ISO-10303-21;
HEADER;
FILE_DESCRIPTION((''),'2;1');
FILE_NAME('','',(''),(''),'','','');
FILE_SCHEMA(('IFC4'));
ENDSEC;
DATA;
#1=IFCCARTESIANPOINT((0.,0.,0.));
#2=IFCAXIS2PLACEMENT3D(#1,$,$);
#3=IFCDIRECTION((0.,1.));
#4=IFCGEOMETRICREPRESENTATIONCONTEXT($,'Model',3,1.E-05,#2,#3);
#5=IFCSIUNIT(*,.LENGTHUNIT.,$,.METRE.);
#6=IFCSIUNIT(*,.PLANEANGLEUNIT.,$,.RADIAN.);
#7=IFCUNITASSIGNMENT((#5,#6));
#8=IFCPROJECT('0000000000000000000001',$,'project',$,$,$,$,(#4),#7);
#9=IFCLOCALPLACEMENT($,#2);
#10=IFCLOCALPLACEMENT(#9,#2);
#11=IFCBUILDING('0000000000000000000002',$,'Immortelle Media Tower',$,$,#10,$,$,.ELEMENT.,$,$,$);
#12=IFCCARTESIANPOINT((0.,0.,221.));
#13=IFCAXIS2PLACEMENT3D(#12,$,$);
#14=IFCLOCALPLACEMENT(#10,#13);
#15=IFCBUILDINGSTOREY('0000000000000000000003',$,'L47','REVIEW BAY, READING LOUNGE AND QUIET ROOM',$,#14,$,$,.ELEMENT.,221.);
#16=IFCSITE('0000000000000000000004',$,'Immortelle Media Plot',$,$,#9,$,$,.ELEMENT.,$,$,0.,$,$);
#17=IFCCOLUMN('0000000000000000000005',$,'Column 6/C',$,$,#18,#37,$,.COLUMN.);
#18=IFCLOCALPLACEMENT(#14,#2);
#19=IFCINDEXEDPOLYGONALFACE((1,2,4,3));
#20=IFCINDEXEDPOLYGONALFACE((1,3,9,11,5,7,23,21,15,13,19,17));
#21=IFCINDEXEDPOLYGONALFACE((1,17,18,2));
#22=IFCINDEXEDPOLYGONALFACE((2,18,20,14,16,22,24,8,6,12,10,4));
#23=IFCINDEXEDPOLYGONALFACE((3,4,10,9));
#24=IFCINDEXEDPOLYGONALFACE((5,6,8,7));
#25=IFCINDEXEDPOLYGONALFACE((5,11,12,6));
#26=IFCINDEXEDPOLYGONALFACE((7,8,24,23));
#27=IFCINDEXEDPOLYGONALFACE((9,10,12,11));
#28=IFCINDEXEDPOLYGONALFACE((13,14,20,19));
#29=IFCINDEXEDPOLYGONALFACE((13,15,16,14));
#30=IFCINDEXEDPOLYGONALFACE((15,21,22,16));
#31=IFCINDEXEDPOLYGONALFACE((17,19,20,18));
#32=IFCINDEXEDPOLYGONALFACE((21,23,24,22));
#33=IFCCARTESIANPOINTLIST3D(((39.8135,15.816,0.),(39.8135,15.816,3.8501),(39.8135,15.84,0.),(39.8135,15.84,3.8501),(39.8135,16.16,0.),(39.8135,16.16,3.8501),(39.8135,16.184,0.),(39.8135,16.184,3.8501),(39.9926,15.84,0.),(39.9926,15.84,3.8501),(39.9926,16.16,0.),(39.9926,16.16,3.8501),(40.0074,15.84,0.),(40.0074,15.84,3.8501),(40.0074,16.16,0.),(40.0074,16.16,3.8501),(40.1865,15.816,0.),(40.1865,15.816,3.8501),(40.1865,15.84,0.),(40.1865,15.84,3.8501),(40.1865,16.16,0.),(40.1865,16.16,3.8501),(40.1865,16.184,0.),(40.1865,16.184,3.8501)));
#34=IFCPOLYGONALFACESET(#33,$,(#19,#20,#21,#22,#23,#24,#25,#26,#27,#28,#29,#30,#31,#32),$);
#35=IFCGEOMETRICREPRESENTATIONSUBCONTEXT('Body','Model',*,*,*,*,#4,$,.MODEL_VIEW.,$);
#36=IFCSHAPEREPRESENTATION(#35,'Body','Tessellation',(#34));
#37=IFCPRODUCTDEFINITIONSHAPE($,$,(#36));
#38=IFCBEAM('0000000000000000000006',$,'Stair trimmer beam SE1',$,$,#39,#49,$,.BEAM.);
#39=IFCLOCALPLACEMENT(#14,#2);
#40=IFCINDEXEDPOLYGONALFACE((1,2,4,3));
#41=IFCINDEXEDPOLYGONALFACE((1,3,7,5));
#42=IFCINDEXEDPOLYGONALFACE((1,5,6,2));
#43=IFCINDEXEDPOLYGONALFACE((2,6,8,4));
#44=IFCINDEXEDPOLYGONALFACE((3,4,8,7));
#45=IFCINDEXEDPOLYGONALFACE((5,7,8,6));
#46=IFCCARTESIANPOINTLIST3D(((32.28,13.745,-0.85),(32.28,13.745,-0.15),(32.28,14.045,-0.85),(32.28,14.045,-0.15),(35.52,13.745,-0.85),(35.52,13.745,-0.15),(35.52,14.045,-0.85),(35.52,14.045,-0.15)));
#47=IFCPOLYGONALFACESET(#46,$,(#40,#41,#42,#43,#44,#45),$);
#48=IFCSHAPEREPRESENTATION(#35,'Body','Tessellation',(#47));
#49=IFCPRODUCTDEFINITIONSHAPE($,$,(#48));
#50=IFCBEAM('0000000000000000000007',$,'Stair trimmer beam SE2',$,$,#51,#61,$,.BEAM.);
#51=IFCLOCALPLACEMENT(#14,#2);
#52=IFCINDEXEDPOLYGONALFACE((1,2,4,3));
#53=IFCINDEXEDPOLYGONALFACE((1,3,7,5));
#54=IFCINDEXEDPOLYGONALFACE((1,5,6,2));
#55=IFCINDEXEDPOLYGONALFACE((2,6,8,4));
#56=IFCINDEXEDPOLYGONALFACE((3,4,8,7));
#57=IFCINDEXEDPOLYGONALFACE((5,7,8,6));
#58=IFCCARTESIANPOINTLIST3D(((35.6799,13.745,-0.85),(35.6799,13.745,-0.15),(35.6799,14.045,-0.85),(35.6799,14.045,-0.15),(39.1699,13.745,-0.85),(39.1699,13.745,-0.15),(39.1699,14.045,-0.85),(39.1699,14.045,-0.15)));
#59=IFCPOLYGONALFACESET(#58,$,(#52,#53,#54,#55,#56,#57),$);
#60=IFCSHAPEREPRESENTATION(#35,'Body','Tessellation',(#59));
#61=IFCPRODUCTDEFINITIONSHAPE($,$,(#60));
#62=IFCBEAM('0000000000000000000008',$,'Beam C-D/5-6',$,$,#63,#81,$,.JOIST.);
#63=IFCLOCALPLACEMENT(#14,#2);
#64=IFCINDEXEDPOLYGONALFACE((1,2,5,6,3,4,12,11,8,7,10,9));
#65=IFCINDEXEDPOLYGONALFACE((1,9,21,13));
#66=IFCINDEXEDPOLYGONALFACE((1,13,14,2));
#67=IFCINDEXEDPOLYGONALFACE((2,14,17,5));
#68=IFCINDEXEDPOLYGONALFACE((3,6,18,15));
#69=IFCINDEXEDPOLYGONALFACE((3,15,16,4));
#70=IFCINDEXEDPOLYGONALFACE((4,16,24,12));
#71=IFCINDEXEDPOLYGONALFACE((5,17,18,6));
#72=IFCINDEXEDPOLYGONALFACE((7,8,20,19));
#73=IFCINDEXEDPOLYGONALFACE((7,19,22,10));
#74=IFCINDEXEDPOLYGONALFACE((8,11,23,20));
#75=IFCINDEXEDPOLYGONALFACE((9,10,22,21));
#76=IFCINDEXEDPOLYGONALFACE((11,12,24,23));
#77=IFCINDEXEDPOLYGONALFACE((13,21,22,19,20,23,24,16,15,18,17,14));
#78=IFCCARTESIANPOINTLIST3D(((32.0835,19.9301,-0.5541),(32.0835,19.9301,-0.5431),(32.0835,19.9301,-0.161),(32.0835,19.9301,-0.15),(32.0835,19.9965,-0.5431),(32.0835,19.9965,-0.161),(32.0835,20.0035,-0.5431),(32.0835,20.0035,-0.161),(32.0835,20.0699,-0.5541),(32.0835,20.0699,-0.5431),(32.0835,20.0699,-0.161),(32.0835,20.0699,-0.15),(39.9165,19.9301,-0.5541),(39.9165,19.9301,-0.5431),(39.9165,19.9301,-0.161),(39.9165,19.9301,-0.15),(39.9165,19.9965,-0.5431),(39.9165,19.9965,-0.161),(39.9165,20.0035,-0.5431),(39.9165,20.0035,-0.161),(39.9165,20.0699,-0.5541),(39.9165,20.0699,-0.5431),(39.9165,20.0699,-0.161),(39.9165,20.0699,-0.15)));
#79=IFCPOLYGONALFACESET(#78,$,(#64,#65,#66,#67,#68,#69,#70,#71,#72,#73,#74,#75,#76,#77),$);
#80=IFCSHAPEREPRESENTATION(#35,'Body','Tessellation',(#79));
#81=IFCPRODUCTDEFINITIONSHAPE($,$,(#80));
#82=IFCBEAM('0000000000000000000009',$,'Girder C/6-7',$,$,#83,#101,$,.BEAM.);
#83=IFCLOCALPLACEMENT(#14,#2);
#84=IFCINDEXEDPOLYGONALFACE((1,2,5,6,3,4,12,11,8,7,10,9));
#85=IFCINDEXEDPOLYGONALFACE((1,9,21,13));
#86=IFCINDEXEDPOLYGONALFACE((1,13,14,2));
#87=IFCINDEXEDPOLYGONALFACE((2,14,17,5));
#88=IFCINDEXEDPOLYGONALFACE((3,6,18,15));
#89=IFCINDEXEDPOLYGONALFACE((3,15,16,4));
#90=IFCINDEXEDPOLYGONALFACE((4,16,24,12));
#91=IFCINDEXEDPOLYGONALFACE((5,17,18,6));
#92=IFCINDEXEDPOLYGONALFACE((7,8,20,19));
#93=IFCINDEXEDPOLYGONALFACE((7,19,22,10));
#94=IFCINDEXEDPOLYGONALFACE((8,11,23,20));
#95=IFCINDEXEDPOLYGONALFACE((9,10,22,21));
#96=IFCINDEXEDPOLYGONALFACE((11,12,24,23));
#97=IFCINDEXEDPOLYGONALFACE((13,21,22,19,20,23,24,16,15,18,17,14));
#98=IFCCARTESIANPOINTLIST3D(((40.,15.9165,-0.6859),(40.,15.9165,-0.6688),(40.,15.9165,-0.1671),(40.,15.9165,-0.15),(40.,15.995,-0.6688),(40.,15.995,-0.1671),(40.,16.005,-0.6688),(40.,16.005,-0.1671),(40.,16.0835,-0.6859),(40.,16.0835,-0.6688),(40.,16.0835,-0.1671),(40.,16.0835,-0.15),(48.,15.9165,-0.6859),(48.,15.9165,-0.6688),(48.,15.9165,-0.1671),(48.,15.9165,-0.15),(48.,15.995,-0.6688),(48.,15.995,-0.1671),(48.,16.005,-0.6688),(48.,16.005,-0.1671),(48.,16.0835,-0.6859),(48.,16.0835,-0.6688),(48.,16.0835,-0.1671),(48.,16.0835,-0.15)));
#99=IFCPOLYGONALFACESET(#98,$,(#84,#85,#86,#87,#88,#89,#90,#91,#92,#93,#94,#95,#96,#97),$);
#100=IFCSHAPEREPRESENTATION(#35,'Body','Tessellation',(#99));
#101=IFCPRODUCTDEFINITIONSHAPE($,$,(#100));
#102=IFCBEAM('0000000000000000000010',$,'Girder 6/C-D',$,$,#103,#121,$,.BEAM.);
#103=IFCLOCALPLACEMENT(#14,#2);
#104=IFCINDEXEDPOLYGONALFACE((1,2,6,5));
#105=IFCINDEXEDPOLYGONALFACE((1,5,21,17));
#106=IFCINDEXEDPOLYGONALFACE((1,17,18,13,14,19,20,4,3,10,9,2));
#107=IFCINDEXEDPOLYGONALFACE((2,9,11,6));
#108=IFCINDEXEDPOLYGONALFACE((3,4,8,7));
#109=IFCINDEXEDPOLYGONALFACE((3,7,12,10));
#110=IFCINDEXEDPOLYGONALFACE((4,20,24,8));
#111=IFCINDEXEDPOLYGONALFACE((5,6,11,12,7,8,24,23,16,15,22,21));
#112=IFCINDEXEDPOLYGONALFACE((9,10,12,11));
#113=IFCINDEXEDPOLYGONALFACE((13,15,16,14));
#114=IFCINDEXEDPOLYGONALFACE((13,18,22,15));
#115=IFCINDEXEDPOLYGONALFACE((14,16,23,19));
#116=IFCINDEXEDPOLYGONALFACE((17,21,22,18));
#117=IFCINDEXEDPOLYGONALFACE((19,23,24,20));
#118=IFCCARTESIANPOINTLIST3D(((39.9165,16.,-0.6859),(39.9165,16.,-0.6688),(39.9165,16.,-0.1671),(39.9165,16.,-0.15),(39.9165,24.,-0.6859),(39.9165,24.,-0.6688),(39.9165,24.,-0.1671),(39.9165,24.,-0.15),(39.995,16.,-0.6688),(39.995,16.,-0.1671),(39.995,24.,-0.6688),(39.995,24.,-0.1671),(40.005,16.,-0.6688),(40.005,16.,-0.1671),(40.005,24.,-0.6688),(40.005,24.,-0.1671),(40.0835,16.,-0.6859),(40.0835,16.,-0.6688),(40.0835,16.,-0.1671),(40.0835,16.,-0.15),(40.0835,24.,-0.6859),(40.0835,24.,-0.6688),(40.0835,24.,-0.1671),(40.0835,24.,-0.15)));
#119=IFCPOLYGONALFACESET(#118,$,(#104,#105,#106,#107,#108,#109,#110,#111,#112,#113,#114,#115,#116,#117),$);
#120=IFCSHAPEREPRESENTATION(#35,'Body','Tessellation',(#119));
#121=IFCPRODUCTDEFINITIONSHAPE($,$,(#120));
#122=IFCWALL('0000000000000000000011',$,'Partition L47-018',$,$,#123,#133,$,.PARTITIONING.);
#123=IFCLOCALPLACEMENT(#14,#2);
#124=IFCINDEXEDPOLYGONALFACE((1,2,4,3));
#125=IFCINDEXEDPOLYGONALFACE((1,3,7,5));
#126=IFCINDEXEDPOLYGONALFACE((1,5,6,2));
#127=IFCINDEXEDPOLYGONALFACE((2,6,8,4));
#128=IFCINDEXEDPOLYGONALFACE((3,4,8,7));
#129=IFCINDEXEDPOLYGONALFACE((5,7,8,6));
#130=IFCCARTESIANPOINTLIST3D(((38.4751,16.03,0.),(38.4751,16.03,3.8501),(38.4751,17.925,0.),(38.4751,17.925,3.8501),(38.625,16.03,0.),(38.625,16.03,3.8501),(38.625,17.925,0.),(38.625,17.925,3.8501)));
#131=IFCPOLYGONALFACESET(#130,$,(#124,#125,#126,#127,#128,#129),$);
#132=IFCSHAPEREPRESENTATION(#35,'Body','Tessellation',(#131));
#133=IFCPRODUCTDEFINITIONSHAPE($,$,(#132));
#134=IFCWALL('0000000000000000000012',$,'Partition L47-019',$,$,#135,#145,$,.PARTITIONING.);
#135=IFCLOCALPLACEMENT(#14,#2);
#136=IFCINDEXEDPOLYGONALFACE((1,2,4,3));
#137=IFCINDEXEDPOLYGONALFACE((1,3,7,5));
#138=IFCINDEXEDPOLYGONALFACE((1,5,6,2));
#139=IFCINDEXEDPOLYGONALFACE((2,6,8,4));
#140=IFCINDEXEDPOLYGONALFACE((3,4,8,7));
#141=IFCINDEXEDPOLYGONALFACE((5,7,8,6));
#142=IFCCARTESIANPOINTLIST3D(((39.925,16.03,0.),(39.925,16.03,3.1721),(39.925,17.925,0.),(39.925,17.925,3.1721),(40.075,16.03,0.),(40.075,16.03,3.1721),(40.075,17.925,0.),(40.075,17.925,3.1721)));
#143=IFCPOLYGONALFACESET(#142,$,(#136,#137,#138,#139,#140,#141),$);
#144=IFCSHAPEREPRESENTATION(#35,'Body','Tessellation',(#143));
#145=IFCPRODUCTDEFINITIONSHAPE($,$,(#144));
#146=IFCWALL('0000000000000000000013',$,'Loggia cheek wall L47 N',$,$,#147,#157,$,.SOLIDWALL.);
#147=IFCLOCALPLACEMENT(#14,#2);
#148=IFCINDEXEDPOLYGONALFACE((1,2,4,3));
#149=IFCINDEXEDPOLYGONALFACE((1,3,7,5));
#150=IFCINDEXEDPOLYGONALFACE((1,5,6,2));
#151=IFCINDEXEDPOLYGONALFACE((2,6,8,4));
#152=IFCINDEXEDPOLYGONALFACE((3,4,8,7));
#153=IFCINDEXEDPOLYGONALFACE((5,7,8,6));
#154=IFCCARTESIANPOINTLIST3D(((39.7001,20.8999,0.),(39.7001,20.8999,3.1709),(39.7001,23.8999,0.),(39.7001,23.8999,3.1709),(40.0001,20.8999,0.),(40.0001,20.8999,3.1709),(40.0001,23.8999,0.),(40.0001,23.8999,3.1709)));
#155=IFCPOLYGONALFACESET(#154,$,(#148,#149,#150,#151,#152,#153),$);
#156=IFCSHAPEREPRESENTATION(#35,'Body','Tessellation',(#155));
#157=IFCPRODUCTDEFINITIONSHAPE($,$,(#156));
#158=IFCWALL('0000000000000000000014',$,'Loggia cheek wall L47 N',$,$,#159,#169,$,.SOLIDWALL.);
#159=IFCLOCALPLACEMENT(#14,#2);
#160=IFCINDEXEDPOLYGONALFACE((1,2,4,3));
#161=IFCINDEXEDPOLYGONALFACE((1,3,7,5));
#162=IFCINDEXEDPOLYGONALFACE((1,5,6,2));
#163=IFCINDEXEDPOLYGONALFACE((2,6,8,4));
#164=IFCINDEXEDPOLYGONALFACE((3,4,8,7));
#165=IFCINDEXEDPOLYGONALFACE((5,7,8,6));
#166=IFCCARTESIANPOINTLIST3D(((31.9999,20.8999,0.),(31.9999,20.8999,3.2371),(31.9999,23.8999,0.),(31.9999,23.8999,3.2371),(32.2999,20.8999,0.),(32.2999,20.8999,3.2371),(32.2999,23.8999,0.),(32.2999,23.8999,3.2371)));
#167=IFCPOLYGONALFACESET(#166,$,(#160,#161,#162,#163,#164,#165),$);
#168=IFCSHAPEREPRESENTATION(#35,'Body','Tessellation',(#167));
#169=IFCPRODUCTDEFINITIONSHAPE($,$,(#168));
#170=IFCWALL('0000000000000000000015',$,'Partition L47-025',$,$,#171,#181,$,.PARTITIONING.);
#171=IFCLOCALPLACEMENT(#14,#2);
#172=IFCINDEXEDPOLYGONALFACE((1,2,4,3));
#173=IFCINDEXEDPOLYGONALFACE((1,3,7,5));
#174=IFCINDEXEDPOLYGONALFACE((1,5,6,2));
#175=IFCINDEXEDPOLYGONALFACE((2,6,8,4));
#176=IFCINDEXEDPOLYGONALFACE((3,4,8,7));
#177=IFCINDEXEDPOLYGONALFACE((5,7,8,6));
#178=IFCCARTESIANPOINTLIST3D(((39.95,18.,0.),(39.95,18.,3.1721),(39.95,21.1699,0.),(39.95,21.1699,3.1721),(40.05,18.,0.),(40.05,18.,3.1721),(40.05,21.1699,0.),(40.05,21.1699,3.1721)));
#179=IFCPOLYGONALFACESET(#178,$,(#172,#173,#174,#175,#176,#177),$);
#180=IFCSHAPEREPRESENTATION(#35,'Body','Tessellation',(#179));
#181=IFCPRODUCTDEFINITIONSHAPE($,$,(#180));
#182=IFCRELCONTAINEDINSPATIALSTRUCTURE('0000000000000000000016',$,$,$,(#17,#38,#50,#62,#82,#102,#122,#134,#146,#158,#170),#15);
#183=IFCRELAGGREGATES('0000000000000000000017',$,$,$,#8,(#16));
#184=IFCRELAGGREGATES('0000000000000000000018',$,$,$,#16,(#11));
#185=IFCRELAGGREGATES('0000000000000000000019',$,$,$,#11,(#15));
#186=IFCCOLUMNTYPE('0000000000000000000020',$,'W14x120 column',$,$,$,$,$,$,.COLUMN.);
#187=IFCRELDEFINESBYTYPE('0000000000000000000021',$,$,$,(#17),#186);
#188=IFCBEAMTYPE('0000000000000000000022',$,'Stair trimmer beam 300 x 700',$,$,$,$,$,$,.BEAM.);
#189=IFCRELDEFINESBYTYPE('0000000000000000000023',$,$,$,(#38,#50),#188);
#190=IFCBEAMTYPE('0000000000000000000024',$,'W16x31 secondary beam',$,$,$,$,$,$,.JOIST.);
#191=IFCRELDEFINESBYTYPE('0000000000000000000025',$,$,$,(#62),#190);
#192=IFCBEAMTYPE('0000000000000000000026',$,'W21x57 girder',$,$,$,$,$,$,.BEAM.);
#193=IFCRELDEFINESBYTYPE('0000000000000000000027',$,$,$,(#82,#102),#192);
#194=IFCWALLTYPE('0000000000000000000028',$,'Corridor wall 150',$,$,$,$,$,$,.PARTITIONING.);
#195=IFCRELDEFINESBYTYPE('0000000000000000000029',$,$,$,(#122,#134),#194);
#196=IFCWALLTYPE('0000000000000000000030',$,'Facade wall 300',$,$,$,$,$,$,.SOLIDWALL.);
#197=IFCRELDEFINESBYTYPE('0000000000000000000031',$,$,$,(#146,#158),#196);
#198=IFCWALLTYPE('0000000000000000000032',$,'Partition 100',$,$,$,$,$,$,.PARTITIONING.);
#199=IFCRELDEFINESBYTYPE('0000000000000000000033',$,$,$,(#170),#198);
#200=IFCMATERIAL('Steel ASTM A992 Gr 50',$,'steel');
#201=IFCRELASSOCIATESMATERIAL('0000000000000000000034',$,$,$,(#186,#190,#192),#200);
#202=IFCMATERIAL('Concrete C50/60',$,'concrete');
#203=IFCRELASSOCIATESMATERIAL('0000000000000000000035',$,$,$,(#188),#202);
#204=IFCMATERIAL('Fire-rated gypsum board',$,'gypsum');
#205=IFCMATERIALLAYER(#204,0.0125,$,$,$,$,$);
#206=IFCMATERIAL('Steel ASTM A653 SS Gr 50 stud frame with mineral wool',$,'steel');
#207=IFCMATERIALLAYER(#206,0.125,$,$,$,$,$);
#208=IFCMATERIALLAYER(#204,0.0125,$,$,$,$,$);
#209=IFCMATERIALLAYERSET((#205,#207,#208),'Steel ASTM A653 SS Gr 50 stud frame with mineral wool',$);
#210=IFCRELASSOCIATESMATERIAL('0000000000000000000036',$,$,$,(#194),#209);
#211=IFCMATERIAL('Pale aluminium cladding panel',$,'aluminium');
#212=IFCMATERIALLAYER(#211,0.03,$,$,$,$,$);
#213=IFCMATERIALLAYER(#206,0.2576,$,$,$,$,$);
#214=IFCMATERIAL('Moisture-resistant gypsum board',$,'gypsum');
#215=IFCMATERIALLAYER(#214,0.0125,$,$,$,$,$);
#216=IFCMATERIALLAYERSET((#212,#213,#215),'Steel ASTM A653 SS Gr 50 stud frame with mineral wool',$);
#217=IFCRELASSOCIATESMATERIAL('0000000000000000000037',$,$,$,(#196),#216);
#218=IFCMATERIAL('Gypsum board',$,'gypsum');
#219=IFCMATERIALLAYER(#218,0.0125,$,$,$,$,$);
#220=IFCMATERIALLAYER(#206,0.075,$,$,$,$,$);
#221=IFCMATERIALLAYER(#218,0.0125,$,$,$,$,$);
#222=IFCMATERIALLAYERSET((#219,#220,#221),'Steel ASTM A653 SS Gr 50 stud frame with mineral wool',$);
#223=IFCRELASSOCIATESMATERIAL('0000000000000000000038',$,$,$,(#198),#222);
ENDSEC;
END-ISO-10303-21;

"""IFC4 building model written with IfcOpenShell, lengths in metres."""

from ifc_helpers import new_model, si_unit, direction, frame, frame_2d, origin, origin_2d, place, context, subcontext, project, spatial, rectangle, i_section, extrude, material, layer, layer_set, material_profile, profile_set, type_object, element, save


model = new_model("IFC4")

# Units and contexts
model_context = context("Model", 3, precision=1e-05, world=origin(), true_north=direction((0.0, 1.0)))
body_context = subcontext(model_context, "Body", "Model", "MODEL_VIEW")
ifc_project = project(units=[si_unit("LENGTHUNIT", "METRE"), si_unit("PLANEANGLEUNIT", "RADIAN")], contexts=[model_context])

# Site, building, storey
site_placement = place(None, origin())
site = spatial("IfcSite", under=ifc_project, at=site_placement, Name="Immortelle Media Plot", CompositionType="ELEMENT", RefElevation=0.0)
building_placement = place(site_placement, origin())
building = spatial("IfcBuilding", under=site, at=building_placement, Name="Immortelle Media Tower", CompositionType="ELEMENT")
storey_placement = place(building_placement, frame((0.0, 0.0, 221.0)))
storey = spatial("IfcBuildingStorey", under=building, at=storey_placement, Name="L47", Description="REVIEW BAY, READING LOUNGE AND QUIET ROOM", CompositionType="ELEMENT", Elevation=221.0)

# Column
ifc_material_1 = material(Name="Steel ASTM A992 Gr 50", Category="steel")
ifc_material_profile_1 = material_profile(ifc_material_1, i_section(OverallWidth=0.373, OverallDepth=0.3679, WebThickness=0.0149, FlangeThickness=0.0239, at=origin_2d()), Name="W14x120")
ifc_profile_set_1 = profile_set([ifc_material_profile_1], Name="Steel ASTM A992 Gr 50")
column_type = type_object("IfcColumnType", Name="W14x120 column", PredefinedType="COLUMN", material=ifc_profile_set_1)
column_placement = place(storey_placement, frame((40.0, 16.0, 0.0), z_axis=(0.0, 0.0, 1.0), x_axis=(1.0, 0.0, 0.0)))
element("IfcColumn", 1, at=column_placement, inside=storey, type_object=column_type, Name="Column 6/C", PredefinedType="COLUMN", context=body_context, shape_type="SweptSolid", body=[
    extrude(i_section(OverallWidth=0.373, OverallDepth=0.3679, WebThickness=0.0149, FlangeThickness=0.0239, at=origin_2d()), origin(), (0.0, 0.0, 1.0), 3.8501),
])

# Beams
ifc_material_2 = material(Name="Concrete C50/60", Category="concrete")
ifc_material_profile_2 = material_profile(ifc_material_2, rectangle(XDim=0.3, YDim=0.7, at=origin_2d()), Name="RC 300x700")
ifc_profile_set_2 = profile_set([ifc_material_profile_2], Name="Concrete C50/60")
beam_type_1 = type_object("IfcBeamType", Name="Stair trimmer beam 300 x 700", PredefinedType="BEAM", material=ifc_profile_set_2)
beam_1_placement = place(storey_placement, frame((32.28, 13.895, -0.5), z_axis=(1.0, 0.0, 0.0), x_axis=(0.0, 1.0, 0.0)))
element("IfcBeam", 2, at=beam_1_placement, inside=storey, type_object=beam_type_1, Name="Stair trimmer beam SE1", PredefinedType="BEAM", context=body_context, shape_type="SweptSolid", body=[
    extrude(rectangle(XDim=0.3, YDim=0.7, at=origin_2d()), origin(), (0.0, 0.0, 1.0), 3.24),
])
beam_2_placement = place(storey_placement, frame((35.6799, 13.895, -0.5), z_axis=(1.0, 0.0, 0.0), x_axis=(0.0, 1.0, 0.0)))
element("IfcBeam", 3, at=beam_2_placement, inside=storey, type_object=beam_type_1, Name="Stair trimmer beam SE2", PredefinedType="BEAM", context=body_context, shape_type="SweptSolid", body=[
    extrude(rectangle(XDim=0.3, YDim=0.7, at=origin_2d()), origin(), (0.0, 0.0, 1.0), 3.49),
])
ifc_material_profile_3 = material_profile(ifc_material_1, i_section(OverallWidth=0.1399, OverallDepth=0.4041, WebThickness=0.0071, FlangeThickness=0.011, at=origin_2d()), Name="W16x31")
ifc_profile_set_3 = profile_set([ifc_material_profile_3], Name="Steel ASTM A992 Gr 50")
beam_type_2 = type_object("IfcBeamType", Name="W16x31 secondary beam", PredefinedType="JOIST", material=ifc_profile_set_3)
beam_3_placement = place(storey_placement, frame((32.0835, 20.0, -0.3521), z_axis=(1.0, 0.0, 0.0), x_axis=(0.0, 1.0, 0.0)))
element("IfcBeam", 4, at=beam_3_placement, inside=storey, type_object=beam_type_2, Name="Beam C-D/5-6", PredefinedType="JOIST", context=body_context, shape_type="SweptSolid", body=[
    extrude(i_section(OverallWidth=0.1399, OverallDepth=0.4041, WebThickness=0.0071, FlangeThickness=0.011, at=origin_2d()), origin(), (0.0, 0.0, 1.0), 7.833),
])
ifc_material_profile_4 = material_profile(ifc_material_1, i_section(OverallWidth=0.167, OverallDepth=0.5359, WebThickness=0.01, FlangeThickness=0.0171, at=origin_2d()), Name="W21x57")
ifc_profile_set_4 = profile_set([ifc_material_profile_4], Name="Steel ASTM A992 Gr 50")
beam_type_3 = type_object("IfcBeamType", Name="W21x57 girder", PredefinedType="BEAM", material=ifc_profile_set_4)
for number, where, z_axis, x_axis, name in (
    (5, (40.0, 16.0, -0.418), (1.0, 0.0, 0.0), (0.0, 1.0, 0.0), "Girder C/6-7"),
    (6, (40.0, 16.0, -0.418), (0.0, 1.0, 0.0), (-1.0, 0.0, 0.0), "Girder 6/C-D"),
):
    element("IfcBeam", number, at=place(storey_placement, frame(where, z_axis=z_axis, x_axis=x_axis)), inside=storey, type_object=beam_type_3, Name=name, PredefinedType="BEAM", context=body_context, shape_type="SweptSolid", body=[
        extrude(i_section(OverallWidth=0.167, OverallDepth=0.5359, WebThickness=0.01, FlangeThickness=0.0171, at=origin_2d()), origin(), (0.0, 0.0, 1.0), 8.0),
    ])

# Walls
ifc_material_3 = material(Name="Fire-rated gypsum board", Category="gypsum")
ifc_layer_1 = layer(ifc_material_3, 0.0125)
ifc_material_4 = material(Name="Steel ASTM A653 SS Gr 50 stud frame with mineral wool", Category="steel")
ifc_layer_2 = layer(ifc_material_4, 0.125)
ifc_layer_3 = layer(ifc_material_3, 0.0125)
ifc_layer_set_1 = layer_set([ifc_layer_1, ifc_layer_2, ifc_layer_3], Name="Steel ASTM A653 SS Gr 50 stud frame with mineral wool")
wall_type_1 = type_object("IfcWallType", Name="Corridor wall 150", PredefinedType="PARTITIONING", material=ifc_layer_set_1)
wall_1_placement = place(storey_placement, frame((38.55, 16.03, 0.0), z_axis=(0.0, 0.0, 1.0), x_axis=(0.0, 1.0, 0.0)))
element("IfcWall", 7, at=wall_1_placement, inside=storey, type_object=wall_type_1, Name="Partition L47-018", PredefinedType="PARTITIONING", context=body_context, shape_type="SweptSolid", body=[
    extrude(rectangle(XDim=1.895, YDim=0.1499, at=frame_2d((0.9475, 0.0))), origin(), (0.0, 0.0, 1.0), 3.8501),
])
wall_2_placement = place(storey_placement, frame((40.0, 16.03, 0.0), z_axis=(0.0, 0.0, 1.0), x_axis=(0.0, 1.0, 0.0)))
element("IfcWall", 8, at=wall_2_placement, inside=storey, type_object=wall_type_1, Name="Partition L47-019", PredefinedType="PARTITIONING", context=body_context, shape_type="SweptSolid", body=[
    extrude(rectangle(XDim=1.895, YDim=0.1499, at=frame_2d((0.9475, 0.0))), origin(), (0.0, 0.0, 1.0), 3.1721),
])

# Shared definitions
ifc_material_5 = material(Name="Pale aluminium cladding panel", Category="aluminium")
ifc_layer_4 = layer(ifc_material_5, 0.03)
ifc_layer_5 = layer(ifc_material_4, 0.2576)
ifc_material_6 = material(Name="Moisture-resistant gypsum board", Category="gypsum")
ifc_layer_6 = layer(ifc_material_6, 0.0125)
ifc_layer_set_2 = layer_set([ifc_layer_4, ifc_layer_5, ifc_layer_6], Name="Steel ASTM A653 SS Gr 50 stud frame with mineral wool")
wall_type_2 = type_object("IfcWallType", Name="Facade wall 300", PredefinedType="SOLIDWALL", material=ifc_layer_set_2)

# Walls
wall_3_placement = place(storey_placement, frame((39.8501, 23.8999, 0.0), z_axis=(0.0, 0.0, 1.0), x_axis=(0.0, -1.0, 0.0)))
element("IfcWall", 9, at=wall_3_placement, inside=storey, type_object=wall_type_2, Name="Loggia cheek wall L47 N", PredefinedType="SOLIDWALL", context=body_context, shape_type="SweptSolid", body=[
    extrude(rectangle(XDim=3.0, YDim=0.3, at=frame_2d((1.5, 0.0))), origin(), (0.0, 0.0, 1.0), 3.1709),
])
wall_4_placement = place(storey_placement, frame((32.1499, 23.8999, 0.0), z_axis=(0.0, 0.0, 1.0), x_axis=(0.0, -1.0, 0.0)))
element("IfcWall", 10, at=wall_4_placement, inside=storey, type_object=wall_type_2, Name="Loggia cheek wall L47 N", PredefinedType="SOLIDWALL", context=body_context, shape_type="SweptSolid", body=[
    extrude(rectangle(XDim=3.0, YDim=0.3, at=frame_2d((1.5, 0.0))), origin(), (0.0, 0.0, 1.0), 3.2371),
])
ifc_material_7 = material(Name="Gypsum board", Category="gypsum")
ifc_layer_7 = layer(ifc_material_7, 0.0125)
ifc_layer_8 = layer(ifc_material_4, 0.075)
ifc_layer_9 = layer(ifc_material_7, 0.0125)
ifc_layer_set_3 = layer_set([ifc_layer_7, ifc_layer_8, ifc_layer_9], Name="Steel ASTM A653 SS Gr 50 stud frame with mineral wool")
wall_type_3 = type_object("IfcWallType", Name="Partition 100", PredefinedType="PARTITIONING", material=ifc_layer_set_3)
wall_5_placement = place(storey_placement, frame((40.0, 18.0, 0.0), z_axis=(0.0, 0.0, 1.0), x_axis=(0.0, 1.0, 0.0)))
element("IfcWall", 11, at=wall_5_placement, inside=storey, type_object=wall_type_3, Name="Partition L47-025", PredefinedType="PARTITIONING", context=body_context, shape_type="SweptSolid", body=[
    extrude(rectangle(XDim=3.1699, YDim=0.1001, at=frame_2d((1.585, 0.0))), origin(), (0.0, 0.0, 1.0), 3.1721),
])

save(model, "model.ifc")
